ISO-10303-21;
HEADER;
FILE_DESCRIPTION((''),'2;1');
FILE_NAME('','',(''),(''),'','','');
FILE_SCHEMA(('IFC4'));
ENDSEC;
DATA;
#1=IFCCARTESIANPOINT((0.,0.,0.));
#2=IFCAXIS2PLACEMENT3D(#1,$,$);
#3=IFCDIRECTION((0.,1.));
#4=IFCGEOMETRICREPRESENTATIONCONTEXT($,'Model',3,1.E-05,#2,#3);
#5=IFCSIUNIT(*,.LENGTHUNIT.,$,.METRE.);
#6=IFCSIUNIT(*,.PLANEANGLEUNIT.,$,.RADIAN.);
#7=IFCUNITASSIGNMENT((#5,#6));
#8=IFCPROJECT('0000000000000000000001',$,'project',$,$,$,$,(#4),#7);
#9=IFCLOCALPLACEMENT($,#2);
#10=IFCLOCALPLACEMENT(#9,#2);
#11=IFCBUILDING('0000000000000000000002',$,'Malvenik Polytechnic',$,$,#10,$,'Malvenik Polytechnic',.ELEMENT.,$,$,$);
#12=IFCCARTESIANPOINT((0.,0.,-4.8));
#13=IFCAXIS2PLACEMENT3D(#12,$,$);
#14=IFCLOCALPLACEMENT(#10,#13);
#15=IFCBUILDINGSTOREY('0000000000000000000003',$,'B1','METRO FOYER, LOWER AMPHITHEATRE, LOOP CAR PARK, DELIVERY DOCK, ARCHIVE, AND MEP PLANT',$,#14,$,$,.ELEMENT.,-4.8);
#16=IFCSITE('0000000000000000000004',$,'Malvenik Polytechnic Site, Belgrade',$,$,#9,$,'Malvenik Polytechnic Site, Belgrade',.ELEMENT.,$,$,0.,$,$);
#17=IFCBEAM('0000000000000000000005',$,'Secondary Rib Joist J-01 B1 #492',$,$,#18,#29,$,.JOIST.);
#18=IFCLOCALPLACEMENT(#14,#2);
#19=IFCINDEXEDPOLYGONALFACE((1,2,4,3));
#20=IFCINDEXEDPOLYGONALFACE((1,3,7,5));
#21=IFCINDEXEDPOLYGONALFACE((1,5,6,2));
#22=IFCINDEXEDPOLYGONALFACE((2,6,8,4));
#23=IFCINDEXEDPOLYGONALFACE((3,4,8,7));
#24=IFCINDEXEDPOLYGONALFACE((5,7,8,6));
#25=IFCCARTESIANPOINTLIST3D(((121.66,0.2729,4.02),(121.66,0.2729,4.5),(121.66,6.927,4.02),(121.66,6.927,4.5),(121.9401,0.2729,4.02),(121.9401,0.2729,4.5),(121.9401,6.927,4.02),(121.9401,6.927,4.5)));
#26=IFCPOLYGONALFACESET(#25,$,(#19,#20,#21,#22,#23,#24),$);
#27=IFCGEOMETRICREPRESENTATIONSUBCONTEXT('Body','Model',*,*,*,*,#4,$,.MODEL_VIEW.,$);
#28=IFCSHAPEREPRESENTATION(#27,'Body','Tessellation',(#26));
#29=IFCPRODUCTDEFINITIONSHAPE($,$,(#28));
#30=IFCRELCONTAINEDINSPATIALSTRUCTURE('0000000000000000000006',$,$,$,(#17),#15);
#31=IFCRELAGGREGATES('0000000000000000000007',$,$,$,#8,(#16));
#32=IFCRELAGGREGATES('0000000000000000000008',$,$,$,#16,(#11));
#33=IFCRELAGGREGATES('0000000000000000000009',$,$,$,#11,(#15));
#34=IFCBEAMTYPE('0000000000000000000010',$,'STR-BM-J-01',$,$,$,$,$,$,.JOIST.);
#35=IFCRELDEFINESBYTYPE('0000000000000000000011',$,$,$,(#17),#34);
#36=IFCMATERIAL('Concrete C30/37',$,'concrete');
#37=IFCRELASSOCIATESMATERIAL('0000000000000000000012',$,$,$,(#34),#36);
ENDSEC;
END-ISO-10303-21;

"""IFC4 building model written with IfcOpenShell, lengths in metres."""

from ifc_helpers import new_model, si_unit, direction, frame, origin, origin_2d, place, context, subcontext, project, spatial, rectangle, extrude, material, material_profile, profile_set, type_object, element, save


model = new_model("IFC4")

# Units and contexts
model_context = context("Model", 3, precision=1e-05, world=origin(), true_north=direction((0.0, 1.0)))
body_context = subcontext(model_context, "Body", "Model", "MODEL_VIEW")
ifc_project = project(units=[si_unit("LENGTHUNIT", "METRE"), si_unit("PLANEANGLEUNIT", "RADIAN")], contexts=[model_context])

# Site, building, storey
site_placement = place(None, origin())
site = spatial("IfcSite", under=ifc_project, at=site_placement, Name="Malvenik Polytechnic Site, Belgrade", LongName="Malvenik Polytechnic Site, Belgrade", CompositionType="ELEMENT", RefElevation=0.0)
building_placement = place(site_placement, origin())
building = spatial("IfcBuilding", under=site, at=building_placement, Name="Malvenik Polytechnic", LongName="Malvenik Polytechnic", CompositionType="ELEMENT")
storey_placement = place(building_placement, frame((0.0, 0.0, -4.8)))
storey = spatial("IfcBuildingStorey", under=building, at=storey_placement, Name="B1", Description="METRO FOYER, LOWER AMPHITHEATRE, LOOP CAR PARK, DELIVERY DOCK, ARCHIVE, AND MEP PLANT", CompositionType="ELEMENT", Elevation=-4.8)

# Beam
ifc_material_1 = material(Name="Concrete C30/37", Category="concrete")
ifc_material_profile_1 = material_profile(ifc_material_1, rectangle(XDim=0.28, YDim=0.48, at=origin_2d()), Name="RC JST 280x480")
ifc_profile_set_1 = profile_set([ifc_material_profile_1], Name="Concrete C30/37")
beam_type_1 = type_object("IfcBeamType", Name="STR-BM-J-01", PredefinedType="JOIST", material=ifc_profile_set_1)
beam_1_placement = place(storey_placement, frame((121.8, 0.2729, 4.26), z_axis=(0.0, 1.0, 0.0), x_axis=(-1.0, 0.0, 0.0)))
element("IfcBeam", 1, at=beam_1_placement, inside=storey, type_object=beam_type_1, Name="Secondary Rib Joist J-01 B1 #492", PredefinedType="JOIST", context=body_context, shape_type="SweptSolid", body=[
    extrude(rectangle(XDim=0.28, YDim=0.48, at=origin_2d()), origin(), (0.0, 0.0, 1.0), 6.6541),
])

save(model, "model.ifc")
